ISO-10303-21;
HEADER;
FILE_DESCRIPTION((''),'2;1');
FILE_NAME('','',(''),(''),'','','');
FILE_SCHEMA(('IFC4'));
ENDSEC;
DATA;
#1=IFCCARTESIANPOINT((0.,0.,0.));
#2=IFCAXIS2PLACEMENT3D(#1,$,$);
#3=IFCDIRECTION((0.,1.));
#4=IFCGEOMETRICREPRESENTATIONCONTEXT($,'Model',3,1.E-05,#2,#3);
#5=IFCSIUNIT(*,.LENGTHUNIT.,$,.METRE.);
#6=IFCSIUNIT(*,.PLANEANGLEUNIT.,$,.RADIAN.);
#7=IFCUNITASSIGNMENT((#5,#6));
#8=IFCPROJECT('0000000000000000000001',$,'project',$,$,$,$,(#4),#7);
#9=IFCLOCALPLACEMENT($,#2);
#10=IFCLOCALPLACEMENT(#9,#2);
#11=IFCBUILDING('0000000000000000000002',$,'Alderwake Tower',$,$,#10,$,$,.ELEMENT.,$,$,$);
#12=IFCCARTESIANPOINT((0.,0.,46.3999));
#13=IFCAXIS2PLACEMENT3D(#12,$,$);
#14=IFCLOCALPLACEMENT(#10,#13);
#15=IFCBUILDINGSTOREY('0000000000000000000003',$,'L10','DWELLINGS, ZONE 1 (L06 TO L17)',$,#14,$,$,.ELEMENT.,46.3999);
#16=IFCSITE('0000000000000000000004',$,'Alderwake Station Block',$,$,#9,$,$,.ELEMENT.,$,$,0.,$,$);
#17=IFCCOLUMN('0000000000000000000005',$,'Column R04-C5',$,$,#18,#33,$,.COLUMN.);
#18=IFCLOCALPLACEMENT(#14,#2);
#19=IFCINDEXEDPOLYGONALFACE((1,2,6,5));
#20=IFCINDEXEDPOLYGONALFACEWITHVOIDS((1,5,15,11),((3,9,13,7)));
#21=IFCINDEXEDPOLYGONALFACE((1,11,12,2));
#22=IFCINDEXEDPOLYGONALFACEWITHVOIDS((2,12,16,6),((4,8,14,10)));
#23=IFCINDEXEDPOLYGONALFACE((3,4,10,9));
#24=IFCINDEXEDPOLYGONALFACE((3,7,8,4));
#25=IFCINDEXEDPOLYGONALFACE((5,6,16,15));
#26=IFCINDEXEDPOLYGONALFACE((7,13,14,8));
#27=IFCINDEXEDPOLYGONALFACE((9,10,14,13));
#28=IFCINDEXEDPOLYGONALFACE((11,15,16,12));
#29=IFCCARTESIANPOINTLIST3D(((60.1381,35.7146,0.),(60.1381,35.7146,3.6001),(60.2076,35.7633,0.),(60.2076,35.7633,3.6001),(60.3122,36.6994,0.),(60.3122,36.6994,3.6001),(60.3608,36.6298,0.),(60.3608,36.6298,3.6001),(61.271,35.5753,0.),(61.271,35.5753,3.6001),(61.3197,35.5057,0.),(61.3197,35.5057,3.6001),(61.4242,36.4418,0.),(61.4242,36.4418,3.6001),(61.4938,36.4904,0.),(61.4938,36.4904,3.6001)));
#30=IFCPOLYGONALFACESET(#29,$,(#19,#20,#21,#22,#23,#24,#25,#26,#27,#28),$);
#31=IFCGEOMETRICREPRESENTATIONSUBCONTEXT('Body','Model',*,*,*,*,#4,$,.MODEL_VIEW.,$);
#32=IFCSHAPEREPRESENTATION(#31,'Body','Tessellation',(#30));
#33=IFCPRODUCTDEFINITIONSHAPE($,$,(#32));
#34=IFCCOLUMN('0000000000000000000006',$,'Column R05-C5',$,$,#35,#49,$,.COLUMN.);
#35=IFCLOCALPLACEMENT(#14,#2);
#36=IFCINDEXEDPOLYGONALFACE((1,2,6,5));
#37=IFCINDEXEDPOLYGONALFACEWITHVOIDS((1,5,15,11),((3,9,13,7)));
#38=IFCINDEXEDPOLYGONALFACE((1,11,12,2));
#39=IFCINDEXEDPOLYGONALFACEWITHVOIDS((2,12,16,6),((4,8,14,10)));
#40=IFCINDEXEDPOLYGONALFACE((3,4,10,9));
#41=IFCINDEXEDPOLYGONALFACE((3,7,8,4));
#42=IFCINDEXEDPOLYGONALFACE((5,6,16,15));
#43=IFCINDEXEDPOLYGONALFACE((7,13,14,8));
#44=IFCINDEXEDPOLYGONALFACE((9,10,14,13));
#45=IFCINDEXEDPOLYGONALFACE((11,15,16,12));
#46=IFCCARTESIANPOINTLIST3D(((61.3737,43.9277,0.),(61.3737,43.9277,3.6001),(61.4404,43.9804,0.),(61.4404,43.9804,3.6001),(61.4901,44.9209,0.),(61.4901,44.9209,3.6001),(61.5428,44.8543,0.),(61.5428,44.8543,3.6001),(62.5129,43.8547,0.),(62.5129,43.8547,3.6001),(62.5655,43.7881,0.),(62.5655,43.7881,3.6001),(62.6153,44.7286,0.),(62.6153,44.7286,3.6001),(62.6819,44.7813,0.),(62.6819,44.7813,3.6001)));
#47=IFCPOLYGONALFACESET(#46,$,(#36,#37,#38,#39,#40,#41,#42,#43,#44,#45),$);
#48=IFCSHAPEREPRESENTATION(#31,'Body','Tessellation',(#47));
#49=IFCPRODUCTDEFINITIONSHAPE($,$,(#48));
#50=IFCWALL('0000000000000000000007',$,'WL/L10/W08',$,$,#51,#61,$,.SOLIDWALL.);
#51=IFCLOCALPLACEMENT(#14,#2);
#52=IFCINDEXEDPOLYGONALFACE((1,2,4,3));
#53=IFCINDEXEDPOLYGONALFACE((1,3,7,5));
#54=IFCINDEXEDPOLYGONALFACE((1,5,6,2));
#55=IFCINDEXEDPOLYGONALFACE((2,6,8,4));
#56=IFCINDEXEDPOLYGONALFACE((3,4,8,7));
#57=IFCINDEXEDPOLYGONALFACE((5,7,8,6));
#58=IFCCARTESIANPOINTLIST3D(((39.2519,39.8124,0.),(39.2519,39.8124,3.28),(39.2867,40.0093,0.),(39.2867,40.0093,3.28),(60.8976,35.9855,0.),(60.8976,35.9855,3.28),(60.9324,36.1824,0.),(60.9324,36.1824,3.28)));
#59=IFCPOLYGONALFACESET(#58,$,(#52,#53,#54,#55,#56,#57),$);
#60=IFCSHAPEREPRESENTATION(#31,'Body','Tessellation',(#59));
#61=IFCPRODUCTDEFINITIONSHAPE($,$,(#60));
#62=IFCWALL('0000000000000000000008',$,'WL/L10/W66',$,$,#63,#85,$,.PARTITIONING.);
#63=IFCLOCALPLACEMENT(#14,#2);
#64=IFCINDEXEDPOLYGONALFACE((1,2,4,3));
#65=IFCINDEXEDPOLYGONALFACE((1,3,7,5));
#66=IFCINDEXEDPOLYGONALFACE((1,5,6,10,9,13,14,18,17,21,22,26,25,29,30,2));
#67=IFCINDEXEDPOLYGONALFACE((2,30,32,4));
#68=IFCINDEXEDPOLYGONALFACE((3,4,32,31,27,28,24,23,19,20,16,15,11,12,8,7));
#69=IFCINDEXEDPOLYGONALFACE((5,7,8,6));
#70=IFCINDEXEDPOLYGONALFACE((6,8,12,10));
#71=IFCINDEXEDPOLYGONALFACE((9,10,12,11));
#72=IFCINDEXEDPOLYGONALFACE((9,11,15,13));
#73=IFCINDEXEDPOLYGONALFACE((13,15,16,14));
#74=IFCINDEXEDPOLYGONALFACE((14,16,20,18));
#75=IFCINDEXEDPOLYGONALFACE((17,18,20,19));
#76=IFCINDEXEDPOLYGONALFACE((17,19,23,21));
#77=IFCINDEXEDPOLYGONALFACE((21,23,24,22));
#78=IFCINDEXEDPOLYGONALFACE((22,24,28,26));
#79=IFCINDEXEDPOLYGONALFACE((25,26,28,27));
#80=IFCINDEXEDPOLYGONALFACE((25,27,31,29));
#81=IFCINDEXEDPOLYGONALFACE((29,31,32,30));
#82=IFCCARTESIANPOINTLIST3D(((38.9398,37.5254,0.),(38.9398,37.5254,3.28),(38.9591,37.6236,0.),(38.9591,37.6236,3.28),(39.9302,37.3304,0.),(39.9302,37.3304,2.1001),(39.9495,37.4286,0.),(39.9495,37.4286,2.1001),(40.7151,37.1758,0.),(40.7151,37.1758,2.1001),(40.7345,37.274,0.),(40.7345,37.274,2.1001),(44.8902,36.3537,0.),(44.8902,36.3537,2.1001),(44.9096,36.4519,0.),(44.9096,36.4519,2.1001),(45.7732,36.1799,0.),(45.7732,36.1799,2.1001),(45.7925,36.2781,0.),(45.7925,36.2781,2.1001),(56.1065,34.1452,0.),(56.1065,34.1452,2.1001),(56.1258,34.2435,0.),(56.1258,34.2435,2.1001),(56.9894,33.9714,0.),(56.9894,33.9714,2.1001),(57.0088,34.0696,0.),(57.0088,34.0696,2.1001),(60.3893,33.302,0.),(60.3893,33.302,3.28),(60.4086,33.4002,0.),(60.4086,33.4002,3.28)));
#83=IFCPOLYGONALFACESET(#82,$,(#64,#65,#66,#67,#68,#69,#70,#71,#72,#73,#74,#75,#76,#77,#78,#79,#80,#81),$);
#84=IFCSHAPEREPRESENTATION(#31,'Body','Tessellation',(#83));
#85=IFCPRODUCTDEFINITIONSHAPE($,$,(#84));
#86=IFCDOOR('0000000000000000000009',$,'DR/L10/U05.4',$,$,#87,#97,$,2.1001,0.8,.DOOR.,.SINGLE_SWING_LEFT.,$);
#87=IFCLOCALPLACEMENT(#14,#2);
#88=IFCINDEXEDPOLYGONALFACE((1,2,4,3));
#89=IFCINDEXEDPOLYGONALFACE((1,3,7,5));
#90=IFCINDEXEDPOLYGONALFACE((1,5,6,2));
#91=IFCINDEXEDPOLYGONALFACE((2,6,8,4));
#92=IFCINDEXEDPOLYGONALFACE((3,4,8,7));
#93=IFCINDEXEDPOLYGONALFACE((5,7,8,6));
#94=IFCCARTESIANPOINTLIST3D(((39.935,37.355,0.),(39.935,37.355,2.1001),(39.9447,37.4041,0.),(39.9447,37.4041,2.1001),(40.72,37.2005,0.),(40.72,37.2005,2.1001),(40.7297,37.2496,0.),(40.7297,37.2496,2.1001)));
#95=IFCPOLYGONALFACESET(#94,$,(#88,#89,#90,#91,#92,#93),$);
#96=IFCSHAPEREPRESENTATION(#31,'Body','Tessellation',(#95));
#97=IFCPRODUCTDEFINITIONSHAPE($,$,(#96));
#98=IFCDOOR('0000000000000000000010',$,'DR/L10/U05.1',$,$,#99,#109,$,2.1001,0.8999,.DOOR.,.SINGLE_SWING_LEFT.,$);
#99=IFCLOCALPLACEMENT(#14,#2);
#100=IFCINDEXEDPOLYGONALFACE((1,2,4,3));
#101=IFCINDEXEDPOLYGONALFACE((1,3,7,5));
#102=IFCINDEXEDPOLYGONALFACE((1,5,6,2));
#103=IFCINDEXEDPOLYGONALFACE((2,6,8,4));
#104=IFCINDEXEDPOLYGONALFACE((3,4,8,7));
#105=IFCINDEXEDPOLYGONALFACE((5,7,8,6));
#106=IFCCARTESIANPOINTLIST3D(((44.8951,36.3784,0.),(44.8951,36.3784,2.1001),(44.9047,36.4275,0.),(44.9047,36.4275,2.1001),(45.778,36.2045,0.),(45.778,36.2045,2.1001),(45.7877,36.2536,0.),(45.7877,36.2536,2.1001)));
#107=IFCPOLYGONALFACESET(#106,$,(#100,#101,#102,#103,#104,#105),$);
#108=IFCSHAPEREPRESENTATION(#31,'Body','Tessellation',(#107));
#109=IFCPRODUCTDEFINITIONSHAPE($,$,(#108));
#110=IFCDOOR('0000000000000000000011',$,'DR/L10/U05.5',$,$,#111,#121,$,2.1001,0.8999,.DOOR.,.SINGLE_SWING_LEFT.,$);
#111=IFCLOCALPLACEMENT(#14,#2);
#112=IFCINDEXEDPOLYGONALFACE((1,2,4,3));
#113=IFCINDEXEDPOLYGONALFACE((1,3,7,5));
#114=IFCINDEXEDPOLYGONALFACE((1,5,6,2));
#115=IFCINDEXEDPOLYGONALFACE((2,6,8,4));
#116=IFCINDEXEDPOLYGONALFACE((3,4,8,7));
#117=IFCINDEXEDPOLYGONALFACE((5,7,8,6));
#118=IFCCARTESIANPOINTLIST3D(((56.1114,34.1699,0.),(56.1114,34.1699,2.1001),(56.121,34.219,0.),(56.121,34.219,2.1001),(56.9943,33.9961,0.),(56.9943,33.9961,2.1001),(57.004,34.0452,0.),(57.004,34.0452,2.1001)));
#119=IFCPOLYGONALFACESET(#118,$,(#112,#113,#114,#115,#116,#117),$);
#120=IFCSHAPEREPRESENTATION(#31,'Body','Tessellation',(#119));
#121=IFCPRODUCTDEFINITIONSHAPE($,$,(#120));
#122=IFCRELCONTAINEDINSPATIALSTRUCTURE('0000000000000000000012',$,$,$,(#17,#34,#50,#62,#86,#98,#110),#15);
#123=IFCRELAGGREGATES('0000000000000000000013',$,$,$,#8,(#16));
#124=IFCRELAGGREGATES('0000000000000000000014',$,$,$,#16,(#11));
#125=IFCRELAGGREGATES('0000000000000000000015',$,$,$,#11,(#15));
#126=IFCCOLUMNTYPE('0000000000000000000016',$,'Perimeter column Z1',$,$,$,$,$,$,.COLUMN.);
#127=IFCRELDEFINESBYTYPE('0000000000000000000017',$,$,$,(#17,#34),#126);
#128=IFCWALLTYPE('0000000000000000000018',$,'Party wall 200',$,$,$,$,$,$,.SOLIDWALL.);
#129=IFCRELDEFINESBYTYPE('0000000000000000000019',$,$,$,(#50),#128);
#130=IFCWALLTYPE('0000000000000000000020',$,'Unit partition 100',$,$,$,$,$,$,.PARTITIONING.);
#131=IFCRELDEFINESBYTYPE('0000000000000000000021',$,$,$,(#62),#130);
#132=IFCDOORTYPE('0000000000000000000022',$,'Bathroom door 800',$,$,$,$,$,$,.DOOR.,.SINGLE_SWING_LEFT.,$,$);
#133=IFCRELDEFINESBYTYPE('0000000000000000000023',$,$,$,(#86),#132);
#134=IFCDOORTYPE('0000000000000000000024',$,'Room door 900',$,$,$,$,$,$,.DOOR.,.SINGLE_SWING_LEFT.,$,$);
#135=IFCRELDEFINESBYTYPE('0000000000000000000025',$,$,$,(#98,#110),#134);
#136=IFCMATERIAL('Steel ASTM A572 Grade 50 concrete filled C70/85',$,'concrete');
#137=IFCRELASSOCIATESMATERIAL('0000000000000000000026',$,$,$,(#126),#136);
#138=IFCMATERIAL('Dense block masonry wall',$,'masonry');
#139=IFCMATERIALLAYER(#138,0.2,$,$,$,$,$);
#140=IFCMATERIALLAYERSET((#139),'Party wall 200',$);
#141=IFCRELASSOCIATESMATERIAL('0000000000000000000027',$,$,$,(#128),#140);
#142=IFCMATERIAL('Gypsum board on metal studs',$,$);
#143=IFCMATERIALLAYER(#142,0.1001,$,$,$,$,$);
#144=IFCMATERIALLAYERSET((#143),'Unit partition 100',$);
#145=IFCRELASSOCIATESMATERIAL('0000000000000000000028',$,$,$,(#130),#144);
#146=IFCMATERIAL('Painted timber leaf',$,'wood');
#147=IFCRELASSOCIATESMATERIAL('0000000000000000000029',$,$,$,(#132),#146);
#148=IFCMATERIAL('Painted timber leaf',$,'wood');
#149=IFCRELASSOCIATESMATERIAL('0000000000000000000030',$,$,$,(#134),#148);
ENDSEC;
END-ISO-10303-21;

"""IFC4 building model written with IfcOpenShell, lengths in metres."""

from ifc_helpers import new_model, si_unit, direction, frame, frame_2d, origin, origin_2d, place, context, subcontext, project, spatial, rectangle, hollow_rectangle, extrude, material, layer, layer_set, material_profile, profile_set, type_object, element, fill, save


model = new_model("IFC4")

# Units and contexts
model_context = context("Model", 3, precision=1e-05, world=origin(), true_north=direction((0.0, 1.0)))
body_context = subcontext(model_context, "Body", "Model", "MODEL_VIEW")
ifc_project = project(units=[si_unit("LENGTHUNIT", "METRE"), si_unit("PLANEANGLEUNIT", "RADIAN")], contexts=[model_context])

# Site, building, storey
site_placement = place(None, origin())
site = spatial("IfcSite", under=ifc_project, at=site_placement, Name="Alderwake Station Block", CompositionType="ELEMENT", RefElevation=0.0)
building_placement = place(site_placement, origin())
building = spatial("IfcBuilding", under=site, at=building_placement, Name="Alderwake Tower", CompositionType="ELEMENT")
storey_placement = place(building_placement, frame((0.0, 0.0, 46.3999)))
storey = spatial("IfcBuildingStorey", under=building, at=storey_placement, Name="L10", Description="DWELLINGS, ZONE 1 (L06 TO L17)", CompositionType="ELEMENT", Elevation=46.3999)

# Columns
ifc_material_1 = material(Name="Steel ASTM A572 Grade 50 concrete filled C70/85", Category="concrete")
ifc_material_profile = material_profile(ifc_material_1, hollow_rectangle(XDim=1.0, YDim=1.2, WallThickness=0.0601, at=origin_2d()), Name="BOX 1200X1000X60")
ifc_profile_set = profile_set([ifc_material_profile], Name="Steel ASTM A572 Grade 50 concrete filled C70/85")
column_type = type_object("IfcColumnType", Name="Perimeter column Z1", PredefinedType="COLUMN", material=ifc_profile_set)
for number, where, z_axis, x_axis, name in (
    (1, (60.8159, 36.1025, 0.0), (0.0, 0.0, 1.0), (0.174109, 0.984726, 0.0), "Column R04-C5"),
    (2, (62.0278, 44.3545, 0.0), (0.0, 0.0, 1.0), (0.116402, 0.993202, 0.0), "Column R05-C5"),
):
    element("IfcColumn", number, at=place(storey_placement, frame(where, z_axis=z_axis, x_axis=x_axis)), inside=storey, type_object=column_type, Name=name, PredefinedType="COLUMN", context=body_context, shape_type="SweptSolid", body=[
        extrude(hollow_rectangle(XDim=1.0, YDim=1.2, WallThickness=0.0601, at=origin_2d()), origin(), (0.0, 0.0, 1.0), 3.6001),
    ])

# Wall
ifc_material_2 = material(Name="Dense block masonry wall", Category="masonry")
ifc_layer_1 = layer(ifc_material_2, 0.2)
ifc_layer_set_1 = layer_set([ifc_layer_1], Name="Party wall 200")
wall_type_1 = type_object("IfcWallType", Name="Party wall 200", PredefinedType="SOLIDWALL", material=ifc_layer_set_1)
wall_1_placement = place(storey_placement, frame((60.915, 36.084, 0.0), z_axis=(0.0, 0.0, 1.0), x_axis=(-0.984728, 0.174097, 0.0)))
element("IfcWall", 3, at=wall_1_placement, inside=storey, type_object=wall_type_1, Name="WL/L10/W08", PredefinedType="SOLIDWALL", context=body_context, shape_type="SweptSolid", body=[
    extrude(rectangle(XDim=21.9814, YDim=0.2, at=frame_2d((10.9907, 0.0))), origin(), (0.0, 0.0, 1.0), 3.28),
])

# Wall, openings, doors
ifc_material_3 = material(Name="Gypsum board on metal studs")
ifc_layer_2 = layer(ifc_material_3, 0.1001)
ifc_layer_set_2 = layer_set([ifc_layer_2], Name="Unit partition 100")
wall_type_2 = type_object("IfcWallType", Name="Unit partition 100", PredefinedType="PARTITIONING", material=ifc_layer_set_2)
wall_2_placement = place(storey_placement, frame((60.3989, 33.3511, 0.0), z_axis=(0.0, 0.0, 1.0), x_axis=(-0.981161, 0.19319, 0.0)))
wall_2 = element("IfcWall", 4, at=wall_2_placement, inside=storey, type_object=wall_type_2, Name="WL/L10/W66", PredefinedType="PARTITIONING", context=body_context, shape_type="SweptSolid", body=[
    extrude(rectangle(XDim=21.8613, YDim=0.1001, at=frame_2d((10.9307, 0.0))), origin(), (0.0, 0.0, 1.0), 3.28),
])
opening_1_placement = place(wall_2_placement, frame((14.8967, 0.0, 0.0)))
opening_1 = element("IfcOpeningElement", 5, at=opening_1_placement, cuts=wall_2, PredefinedType="OPENING", context=body_context, shape_type="SweptSolid", body=[
    extrude(rectangle(XDim=0.8999, YDim=2.1001, at=frame_2d((0.45, 1.05))), frame((0.0, 0.0601, 0.0), z_axis=(0.0, -1.0, 0.0), x_axis=(1.0, 0.0, 0.0)), (0.0, 0.0, 1.0), 0.1201),
])
opening_2_placement = place(wall_2_placement, frame((20.052, 0.0, 0.0)))
opening_2 = element("IfcOpeningElement", 6, at=opening_2_placement, cuts=wall_2, PredefinedType="OPENING", context=body_context, shape_type="SweptSolid", body=[
    extrude(rectangle(XDim=0.8, YDim=2.1001, at=frame_2d((0.3999, 1.05))), frame((0.0, 0.0601, 0.0), z_axis=(0.0, -1.0, 0.0), x_axis=(1.0, 0.0, 0.0)), (0.0, 0.0, 1.0), 0.1201),
])
opening_3_placement = place(wall_2_placement, frame((3.4651, 0.0, 0.0)))
opening_3 = element("IfcOpeningElement", 7, at=opening_3_placement, cuts=wall_2, PredefinedType="OPENING", context=body_context, shape_type="SweptSolid", body=[
    extrude(rectangle(XDim=0.8999, YDim=2.1001, at=frame_2d((0.45, 1.05))), frame((0.0, 0.0601, 0.0), z_axis=(0.0, -1.0, 0.0), x_axis=(1.0, 0.0, 0.0)), (0.0, 0.0, 1.0), 0.1201),
])
ifc_material_4 = material(Name="Painted timber leaf", Category="wood")
door_type_1 = type_object("IfcDoorType", Name="Bathroom door 800", OperationType="SINGLE_SWING_LEFT", PredefinedType="DOOR", material=ifc_material_4)
door_1_placement = place(opening_2_placement, origin())
door_1 = element("IfcDoor", 8, at=door_1_placement, inside=storey, type_object=door_type_1, Name="DR/L10/U05.4", OperationType="SINGLE_SWING_LEFT", OverallHeight=2.1001, OverallWidth=0.8, PredefinedType="DOOR", context=body_context, shape_type="SweptSolid", body=[
    extrude(rectangle(XDim=0.8, YDim=2.1001, at=frame_2d((0.3999, 1.05))), frame((0.0, 0.0249, 0.0), z_axis=(0.0, -1.0, 0.0), x_axis=(1.0, 0.0, 0.0)), (0.0, 0.0, 1.0), 0.05),
])
fill(opening_2, door_1)
ifc_material_5 = material(Name="Painted timber leaf", Category="wood")
door_type_2 = type_object("IfcDoorType", Name="Room door 900", OperationType="SINGLE_SWING_LEFT", PredefinedType="DOOR", material=ifc_material_5)
door_2_placement = place(opening_1_placement, origin())
door_2 = element("IfcDoor", 9, at=door_2_placement, inside=storey, type_object=door_type_2, Name="DR/L10/U05.1", OperationType="SINGLE_SWING_LEFT", OverallHeight=2.1001, OverallWidth=0.8999, PredefinedType="DOOR", context=body_context, shape_type="SweptSolid", body=[
    extrude(rectangle(XDim=0.8999, YDim=2.1001, at=frame_2d((0.45, 1.05))), frame((0.0, 0.0249, 0.0), z_axis=(0.0, -1.0, 0.0), x_axis=(1.0, 0.0, 0.0)), (0.0, 0.0, 1.0), 0.05),
])
fill(opening_1, door_2)
door_3_placement = place(opening_3_placement, origin())
door_3 = element("IfcDoor", 10, at=door_3_placement, inside=storey, type_object=door_type_2, Name="DR/L10/U05.5", OperationType="SINGLE_SWING_LEFT", OverallHeight=2.1001, OverallWidth=0.8999, PredefinedType="DOOR", context=body_context, shape_type="SweptSolid", body=[
    extrude(rectangle(XDim=0.8999, YDim=2.1001, at=frame_2d((0.45, 1.05))), frame((0.0, 0.0249, 0.0), z_axis=(0.0, -1.0, 0.0), x_axis=(1.0, 0.0, 0.0)), (0.0, 0.0, 1.0), 0.05),
])
fill(opening_3, door_3)

save(model, "model.ifc")
